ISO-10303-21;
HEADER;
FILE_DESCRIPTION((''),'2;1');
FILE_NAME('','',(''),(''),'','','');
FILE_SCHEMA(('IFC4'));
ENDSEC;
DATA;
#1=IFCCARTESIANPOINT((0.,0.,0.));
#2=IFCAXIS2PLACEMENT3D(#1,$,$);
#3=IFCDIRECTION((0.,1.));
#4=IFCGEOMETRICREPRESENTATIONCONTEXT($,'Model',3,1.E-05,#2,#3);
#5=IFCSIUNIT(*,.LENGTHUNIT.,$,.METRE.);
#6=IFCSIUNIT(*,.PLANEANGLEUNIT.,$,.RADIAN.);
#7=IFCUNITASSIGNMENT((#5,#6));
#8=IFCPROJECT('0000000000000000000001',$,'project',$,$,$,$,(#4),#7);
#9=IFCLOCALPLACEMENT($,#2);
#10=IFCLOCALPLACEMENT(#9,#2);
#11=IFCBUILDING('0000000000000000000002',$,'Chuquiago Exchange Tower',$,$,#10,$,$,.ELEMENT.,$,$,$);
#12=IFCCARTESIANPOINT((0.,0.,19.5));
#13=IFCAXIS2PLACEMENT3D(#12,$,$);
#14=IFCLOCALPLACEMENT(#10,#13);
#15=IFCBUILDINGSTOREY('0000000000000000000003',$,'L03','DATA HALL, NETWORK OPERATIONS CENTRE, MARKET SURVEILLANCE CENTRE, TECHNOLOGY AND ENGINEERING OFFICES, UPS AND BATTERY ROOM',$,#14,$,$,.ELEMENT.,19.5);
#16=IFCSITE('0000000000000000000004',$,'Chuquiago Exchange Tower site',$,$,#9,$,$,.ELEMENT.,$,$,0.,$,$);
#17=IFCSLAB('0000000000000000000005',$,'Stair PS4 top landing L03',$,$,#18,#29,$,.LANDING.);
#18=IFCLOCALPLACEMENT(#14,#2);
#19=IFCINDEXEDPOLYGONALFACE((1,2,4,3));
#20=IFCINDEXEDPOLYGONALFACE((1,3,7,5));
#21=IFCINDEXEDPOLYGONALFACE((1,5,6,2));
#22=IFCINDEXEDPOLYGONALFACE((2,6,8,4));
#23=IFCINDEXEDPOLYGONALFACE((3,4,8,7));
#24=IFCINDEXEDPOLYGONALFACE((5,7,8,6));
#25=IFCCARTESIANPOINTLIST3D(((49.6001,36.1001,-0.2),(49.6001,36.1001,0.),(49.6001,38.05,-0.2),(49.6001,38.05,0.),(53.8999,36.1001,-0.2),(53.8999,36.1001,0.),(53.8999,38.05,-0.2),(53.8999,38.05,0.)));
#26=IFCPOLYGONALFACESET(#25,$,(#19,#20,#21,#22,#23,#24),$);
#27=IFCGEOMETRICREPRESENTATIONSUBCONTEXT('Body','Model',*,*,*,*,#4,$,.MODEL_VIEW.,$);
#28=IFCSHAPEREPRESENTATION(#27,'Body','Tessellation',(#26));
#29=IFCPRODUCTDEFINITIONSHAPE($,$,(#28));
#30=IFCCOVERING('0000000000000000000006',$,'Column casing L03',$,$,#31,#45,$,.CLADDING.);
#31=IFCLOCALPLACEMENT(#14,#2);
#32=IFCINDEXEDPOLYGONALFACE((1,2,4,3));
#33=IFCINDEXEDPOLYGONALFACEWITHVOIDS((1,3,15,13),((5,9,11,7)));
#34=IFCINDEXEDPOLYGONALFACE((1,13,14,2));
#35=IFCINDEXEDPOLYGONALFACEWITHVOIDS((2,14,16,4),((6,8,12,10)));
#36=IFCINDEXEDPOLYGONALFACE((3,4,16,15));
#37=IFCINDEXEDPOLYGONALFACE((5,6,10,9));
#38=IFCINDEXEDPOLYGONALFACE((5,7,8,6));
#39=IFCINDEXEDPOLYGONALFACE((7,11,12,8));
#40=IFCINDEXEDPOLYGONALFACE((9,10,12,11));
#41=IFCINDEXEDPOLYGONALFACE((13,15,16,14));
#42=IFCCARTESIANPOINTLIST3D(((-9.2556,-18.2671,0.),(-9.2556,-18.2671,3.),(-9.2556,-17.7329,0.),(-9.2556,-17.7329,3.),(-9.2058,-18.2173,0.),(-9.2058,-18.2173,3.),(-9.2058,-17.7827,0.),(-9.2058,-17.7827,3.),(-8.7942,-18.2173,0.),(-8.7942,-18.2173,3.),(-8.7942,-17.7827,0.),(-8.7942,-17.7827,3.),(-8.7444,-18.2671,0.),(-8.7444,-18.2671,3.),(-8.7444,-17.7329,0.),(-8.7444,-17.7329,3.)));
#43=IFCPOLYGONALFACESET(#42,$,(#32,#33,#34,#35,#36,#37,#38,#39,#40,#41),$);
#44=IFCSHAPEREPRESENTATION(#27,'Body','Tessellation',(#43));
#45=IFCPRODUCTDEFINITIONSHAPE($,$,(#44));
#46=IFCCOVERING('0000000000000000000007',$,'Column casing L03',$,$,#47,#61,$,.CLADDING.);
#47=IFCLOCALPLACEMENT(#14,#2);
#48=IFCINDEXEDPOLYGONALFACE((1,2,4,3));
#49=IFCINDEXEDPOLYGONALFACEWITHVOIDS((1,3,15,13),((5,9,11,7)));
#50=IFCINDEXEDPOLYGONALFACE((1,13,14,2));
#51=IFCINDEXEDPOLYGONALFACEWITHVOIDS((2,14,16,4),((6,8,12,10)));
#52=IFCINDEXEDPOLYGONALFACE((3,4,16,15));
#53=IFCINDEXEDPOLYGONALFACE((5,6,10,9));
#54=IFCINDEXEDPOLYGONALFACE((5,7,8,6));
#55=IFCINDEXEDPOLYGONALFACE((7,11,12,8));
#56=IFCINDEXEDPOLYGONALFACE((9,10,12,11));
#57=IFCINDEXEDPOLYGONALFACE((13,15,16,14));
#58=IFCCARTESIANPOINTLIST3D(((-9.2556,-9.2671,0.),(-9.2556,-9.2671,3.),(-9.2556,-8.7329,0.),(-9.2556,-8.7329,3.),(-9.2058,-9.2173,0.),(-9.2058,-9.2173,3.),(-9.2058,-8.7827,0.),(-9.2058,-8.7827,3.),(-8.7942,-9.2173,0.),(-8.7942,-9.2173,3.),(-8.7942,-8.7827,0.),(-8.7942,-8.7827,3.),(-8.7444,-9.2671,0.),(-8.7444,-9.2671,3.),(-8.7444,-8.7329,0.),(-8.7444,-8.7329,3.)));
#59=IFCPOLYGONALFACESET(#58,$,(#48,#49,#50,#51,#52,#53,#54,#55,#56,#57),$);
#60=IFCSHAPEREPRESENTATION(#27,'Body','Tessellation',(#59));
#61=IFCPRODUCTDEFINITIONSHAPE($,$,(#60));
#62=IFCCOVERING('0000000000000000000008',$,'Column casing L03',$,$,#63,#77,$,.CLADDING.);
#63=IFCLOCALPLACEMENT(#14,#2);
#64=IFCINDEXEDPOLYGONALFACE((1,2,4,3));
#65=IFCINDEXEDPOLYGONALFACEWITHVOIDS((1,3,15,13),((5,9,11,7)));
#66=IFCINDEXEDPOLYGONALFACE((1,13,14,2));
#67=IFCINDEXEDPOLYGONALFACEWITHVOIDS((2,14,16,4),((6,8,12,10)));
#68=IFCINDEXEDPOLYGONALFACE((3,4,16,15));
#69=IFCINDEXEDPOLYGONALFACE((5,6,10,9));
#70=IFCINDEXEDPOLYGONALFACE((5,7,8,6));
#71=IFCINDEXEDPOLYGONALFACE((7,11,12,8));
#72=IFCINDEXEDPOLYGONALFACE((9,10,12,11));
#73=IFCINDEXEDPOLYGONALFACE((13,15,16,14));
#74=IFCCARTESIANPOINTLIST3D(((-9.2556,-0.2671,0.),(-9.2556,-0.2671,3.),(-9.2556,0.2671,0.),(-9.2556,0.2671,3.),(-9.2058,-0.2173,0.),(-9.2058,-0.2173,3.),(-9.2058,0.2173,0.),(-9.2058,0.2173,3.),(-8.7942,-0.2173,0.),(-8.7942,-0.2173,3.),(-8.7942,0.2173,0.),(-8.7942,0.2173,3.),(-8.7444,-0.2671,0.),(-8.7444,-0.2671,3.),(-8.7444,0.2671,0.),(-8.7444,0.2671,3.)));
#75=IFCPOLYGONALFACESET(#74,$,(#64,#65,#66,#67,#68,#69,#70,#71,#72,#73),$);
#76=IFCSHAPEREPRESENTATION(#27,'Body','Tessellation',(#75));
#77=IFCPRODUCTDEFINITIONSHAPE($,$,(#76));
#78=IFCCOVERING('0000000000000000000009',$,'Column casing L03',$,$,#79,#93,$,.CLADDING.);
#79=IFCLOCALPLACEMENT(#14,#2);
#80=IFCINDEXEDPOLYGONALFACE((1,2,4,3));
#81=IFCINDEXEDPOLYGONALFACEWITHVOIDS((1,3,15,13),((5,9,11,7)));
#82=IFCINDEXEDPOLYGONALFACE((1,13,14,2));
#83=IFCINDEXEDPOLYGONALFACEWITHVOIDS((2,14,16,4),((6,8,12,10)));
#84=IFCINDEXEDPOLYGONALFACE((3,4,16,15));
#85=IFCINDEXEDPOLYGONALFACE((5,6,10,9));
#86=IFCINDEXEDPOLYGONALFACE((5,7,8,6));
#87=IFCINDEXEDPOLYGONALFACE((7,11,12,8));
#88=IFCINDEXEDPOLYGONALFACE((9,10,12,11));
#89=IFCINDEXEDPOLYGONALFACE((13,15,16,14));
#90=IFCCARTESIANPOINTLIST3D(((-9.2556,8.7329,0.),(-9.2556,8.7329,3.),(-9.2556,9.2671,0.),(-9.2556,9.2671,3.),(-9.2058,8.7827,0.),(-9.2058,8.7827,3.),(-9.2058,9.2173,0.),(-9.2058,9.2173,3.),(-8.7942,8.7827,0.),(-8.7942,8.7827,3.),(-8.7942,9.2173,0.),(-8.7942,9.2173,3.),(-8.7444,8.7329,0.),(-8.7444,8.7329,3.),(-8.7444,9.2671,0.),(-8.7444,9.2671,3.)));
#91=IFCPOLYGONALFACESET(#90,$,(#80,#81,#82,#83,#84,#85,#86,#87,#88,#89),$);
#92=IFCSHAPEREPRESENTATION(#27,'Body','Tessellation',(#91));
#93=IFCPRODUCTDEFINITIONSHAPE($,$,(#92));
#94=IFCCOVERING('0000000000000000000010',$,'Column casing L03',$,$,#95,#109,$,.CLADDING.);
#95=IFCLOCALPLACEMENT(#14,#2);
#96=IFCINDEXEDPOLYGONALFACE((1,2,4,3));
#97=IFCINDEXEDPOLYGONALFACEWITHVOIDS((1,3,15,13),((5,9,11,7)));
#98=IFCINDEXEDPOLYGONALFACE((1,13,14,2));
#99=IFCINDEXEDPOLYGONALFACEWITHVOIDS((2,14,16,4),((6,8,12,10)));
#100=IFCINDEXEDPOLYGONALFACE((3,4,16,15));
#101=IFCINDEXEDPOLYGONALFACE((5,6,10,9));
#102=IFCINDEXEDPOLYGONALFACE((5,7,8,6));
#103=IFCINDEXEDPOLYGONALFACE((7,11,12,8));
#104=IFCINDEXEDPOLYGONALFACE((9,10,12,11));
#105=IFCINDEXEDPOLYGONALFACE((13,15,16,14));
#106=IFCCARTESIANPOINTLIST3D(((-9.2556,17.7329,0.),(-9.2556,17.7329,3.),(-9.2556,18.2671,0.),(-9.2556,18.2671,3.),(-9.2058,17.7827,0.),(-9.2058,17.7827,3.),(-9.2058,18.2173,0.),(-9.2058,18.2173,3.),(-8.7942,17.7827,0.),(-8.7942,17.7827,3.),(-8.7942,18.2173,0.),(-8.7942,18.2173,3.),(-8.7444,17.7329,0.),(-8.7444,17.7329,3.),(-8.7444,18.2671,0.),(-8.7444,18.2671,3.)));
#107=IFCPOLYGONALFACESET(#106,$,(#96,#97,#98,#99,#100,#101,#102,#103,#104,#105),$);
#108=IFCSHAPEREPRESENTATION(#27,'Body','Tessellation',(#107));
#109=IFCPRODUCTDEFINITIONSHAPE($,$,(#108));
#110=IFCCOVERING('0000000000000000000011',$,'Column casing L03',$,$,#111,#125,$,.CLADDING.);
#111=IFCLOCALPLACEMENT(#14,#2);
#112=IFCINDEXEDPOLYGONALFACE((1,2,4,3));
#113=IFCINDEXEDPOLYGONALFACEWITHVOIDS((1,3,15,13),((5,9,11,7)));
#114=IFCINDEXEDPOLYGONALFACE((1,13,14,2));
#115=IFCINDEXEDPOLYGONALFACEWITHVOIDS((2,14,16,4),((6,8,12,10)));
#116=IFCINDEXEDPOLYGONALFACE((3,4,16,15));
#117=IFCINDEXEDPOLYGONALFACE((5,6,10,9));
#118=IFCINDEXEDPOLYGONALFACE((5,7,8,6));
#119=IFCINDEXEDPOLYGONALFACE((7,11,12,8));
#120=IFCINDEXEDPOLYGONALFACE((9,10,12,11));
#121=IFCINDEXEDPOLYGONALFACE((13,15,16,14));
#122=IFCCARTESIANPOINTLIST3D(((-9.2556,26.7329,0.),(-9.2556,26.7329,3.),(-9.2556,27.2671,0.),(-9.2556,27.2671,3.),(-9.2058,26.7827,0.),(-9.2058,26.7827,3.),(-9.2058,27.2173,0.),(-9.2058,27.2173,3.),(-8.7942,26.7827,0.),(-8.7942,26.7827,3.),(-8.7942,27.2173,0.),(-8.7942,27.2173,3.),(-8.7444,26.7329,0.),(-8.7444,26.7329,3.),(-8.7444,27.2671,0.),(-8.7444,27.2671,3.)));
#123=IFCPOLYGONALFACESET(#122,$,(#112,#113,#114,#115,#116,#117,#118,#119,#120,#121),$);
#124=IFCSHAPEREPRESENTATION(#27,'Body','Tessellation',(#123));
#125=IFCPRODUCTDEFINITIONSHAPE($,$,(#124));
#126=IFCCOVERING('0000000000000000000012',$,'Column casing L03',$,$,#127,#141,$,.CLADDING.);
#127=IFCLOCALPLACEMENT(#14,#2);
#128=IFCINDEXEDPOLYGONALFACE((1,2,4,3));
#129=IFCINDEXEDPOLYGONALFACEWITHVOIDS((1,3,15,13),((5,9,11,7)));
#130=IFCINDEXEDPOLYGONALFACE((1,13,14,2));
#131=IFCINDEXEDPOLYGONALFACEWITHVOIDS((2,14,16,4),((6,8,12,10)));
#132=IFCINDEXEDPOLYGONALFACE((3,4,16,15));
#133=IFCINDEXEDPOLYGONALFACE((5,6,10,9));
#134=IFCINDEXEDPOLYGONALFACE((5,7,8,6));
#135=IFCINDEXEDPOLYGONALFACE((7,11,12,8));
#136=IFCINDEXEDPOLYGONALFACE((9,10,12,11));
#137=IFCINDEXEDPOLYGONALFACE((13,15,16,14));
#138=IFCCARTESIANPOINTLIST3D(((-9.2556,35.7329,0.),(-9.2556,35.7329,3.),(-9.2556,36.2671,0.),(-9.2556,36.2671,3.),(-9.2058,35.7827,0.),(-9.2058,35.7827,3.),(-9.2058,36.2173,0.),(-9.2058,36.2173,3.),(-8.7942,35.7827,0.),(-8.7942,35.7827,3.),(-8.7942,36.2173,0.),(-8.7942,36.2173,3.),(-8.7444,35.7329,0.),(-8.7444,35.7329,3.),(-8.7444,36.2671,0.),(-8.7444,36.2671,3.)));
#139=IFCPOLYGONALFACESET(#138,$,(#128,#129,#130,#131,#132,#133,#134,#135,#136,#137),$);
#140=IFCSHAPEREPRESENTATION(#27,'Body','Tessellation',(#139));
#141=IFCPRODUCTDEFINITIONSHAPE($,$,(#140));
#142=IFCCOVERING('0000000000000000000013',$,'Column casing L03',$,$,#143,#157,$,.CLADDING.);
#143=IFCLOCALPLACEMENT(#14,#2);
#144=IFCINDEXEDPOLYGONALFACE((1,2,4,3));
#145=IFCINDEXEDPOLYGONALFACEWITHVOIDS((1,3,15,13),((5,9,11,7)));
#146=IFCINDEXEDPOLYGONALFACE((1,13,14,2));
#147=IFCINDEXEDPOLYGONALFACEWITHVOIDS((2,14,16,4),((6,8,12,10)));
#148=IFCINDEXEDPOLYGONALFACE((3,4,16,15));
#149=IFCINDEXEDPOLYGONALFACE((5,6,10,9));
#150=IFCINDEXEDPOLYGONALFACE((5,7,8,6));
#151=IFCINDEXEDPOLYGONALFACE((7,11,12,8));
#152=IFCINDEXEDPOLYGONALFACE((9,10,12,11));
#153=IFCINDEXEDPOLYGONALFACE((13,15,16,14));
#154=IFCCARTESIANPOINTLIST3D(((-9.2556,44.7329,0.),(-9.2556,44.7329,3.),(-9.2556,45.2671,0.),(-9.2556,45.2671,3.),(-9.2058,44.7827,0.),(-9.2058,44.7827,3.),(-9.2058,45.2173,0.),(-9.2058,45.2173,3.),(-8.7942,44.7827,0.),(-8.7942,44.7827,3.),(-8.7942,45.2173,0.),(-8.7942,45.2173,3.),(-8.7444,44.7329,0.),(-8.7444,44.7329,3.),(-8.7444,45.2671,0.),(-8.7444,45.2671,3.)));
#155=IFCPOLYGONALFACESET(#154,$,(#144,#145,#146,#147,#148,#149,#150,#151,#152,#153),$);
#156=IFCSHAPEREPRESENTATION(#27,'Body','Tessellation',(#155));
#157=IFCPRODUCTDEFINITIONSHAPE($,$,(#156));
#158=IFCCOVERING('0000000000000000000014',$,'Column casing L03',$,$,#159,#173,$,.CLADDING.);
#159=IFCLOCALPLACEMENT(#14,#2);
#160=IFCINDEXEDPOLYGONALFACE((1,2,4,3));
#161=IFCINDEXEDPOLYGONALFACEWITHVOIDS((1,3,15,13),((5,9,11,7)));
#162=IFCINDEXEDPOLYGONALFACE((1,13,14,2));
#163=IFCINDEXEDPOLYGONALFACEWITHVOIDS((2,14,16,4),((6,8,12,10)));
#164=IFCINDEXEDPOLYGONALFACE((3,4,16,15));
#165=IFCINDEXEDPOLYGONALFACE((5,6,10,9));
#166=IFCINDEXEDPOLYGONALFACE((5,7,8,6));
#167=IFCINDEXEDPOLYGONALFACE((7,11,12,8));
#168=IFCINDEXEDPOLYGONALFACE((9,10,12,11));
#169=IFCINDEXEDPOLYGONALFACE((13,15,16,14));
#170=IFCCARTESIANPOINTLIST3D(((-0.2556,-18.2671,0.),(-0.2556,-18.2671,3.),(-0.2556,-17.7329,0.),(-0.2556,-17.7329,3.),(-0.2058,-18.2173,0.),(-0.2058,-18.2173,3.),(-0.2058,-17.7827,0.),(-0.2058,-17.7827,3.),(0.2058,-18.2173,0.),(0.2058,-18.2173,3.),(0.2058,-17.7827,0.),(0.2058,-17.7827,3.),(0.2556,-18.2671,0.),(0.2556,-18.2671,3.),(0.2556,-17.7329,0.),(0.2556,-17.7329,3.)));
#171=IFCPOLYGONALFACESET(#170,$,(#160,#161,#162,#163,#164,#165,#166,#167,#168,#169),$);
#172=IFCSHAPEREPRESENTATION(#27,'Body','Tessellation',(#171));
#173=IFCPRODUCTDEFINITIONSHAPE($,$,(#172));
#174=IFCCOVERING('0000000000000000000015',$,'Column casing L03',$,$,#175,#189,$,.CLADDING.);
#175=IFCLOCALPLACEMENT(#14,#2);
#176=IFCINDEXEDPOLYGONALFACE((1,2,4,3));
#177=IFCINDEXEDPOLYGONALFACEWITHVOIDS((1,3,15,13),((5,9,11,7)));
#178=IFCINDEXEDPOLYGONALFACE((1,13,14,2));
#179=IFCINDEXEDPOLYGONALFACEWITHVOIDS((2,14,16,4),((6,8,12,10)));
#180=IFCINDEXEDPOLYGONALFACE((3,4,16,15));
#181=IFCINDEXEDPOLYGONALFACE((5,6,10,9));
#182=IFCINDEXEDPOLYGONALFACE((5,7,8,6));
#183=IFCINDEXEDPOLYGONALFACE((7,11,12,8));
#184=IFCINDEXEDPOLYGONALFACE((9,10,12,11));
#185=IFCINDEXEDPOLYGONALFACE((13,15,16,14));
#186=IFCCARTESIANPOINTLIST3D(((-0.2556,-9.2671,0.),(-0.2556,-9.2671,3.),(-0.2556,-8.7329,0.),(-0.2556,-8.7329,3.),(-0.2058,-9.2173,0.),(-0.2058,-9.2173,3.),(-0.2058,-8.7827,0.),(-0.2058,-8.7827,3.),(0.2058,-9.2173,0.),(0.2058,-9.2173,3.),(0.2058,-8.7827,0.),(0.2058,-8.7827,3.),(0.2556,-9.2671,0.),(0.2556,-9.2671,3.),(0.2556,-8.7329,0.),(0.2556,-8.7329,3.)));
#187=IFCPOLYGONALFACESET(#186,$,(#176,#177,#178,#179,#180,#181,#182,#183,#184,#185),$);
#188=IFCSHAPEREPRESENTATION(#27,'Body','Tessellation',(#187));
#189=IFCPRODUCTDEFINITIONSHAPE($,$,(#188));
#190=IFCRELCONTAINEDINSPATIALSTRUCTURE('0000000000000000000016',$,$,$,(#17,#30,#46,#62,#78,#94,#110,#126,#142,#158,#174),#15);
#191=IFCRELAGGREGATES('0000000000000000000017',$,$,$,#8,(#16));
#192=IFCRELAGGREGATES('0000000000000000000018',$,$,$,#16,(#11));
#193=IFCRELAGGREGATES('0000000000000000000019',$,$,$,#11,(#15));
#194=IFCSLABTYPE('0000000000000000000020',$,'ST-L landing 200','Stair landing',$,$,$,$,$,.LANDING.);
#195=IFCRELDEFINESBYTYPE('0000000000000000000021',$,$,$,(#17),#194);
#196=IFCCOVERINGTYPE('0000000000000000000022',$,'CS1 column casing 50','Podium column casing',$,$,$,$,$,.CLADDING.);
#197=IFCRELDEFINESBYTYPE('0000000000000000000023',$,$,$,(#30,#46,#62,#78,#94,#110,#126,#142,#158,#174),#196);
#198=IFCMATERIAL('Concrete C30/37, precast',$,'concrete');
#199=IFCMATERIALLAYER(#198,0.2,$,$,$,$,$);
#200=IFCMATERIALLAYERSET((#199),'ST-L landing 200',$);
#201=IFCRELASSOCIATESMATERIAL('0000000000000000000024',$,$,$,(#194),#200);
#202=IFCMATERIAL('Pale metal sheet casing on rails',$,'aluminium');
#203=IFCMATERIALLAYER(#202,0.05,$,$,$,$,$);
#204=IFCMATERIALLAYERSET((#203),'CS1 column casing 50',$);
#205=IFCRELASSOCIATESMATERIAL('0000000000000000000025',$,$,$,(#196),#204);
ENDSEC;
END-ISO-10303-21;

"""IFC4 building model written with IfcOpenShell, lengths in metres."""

from ifc_helpers import new_model, si_unit, direction, frame, origin, place, context, subcontext, project, spatial, polyline, outline, extrude, material, layer, layer_set, type_object, element, save


model = new_model("IFC4")

# Units and contexts
model_context = context("Model", 3, precision=1e-05, world=origin(), true_north=direction((0.0, 1.0)))
body_context = subcontext(model_context, "Body", "Model", "MODEL_VIEW")
ifc_project = project(units=[si_unit("LENGTHUNIT", "METRE"), si_unit("PLANEANGLEUNIT", "RADIAN")], contexts=[model_context])

# Site, building, storey
site_placement = place(None, origin())
site = spatial("IfcSite", under=ifc_project, at=site_placement, Name="Chuquiago Exchange Tower site", CompositionType="ELEMENT", RefElevation=0.0)
building_placement = place(site_placement, origin())
building = spatial("IfcBuilding", under=site, at=building_placement, Name="Chuquiago Exchange Tower", CompositionType="ELEMENT")
storey_placement = place(building_placement, frame((0.0, 0.0, 19.5)))
storey = spatial("IfcBuildingStorey", under=building, at=storey_placement, Name="L03", Description="DATA HALL, NETWORK OPERATIONS CENTRE, MARKET SURVEILLANCE CENTRE, TECHNOLOGY AND ENGINEERING OFFICES, UPS AND BATTERY ROOM", CompositionType="ELEMENT", Elevation=19.5)

# Shared definitions
ifc_material_1 = material(Name="Concrete C30/37, precast", Category="concrete")
ifc_layer_1 = layer(ifc_material_1, 0.2)
ifc_layer_set_1 = layer_set([ifc_layer_1], Name="ST-L landing 200")
slab_type_1 = type_object("IfcSlabType", Name="ST-L landing 200", Description="Stair landing", PredefinedType="LANDING", material=ifc_layer_set_1)

# Slab
slab_1_placement = place(storey_placement, frame((0.0, 0.0, -0.2)))
element("IfcSlab", 1, at=slab_1_placement, inside=storey, type_object=slab_type_1, Name="Stair PS4 top landing L03", PredefinedType="LANDING", context=body_context, shape_type="SweptSolid", body=[
    extrude(outline(polyline([(49.6001, 36.1001), (53.8999, 36.1001), (53.8999, 38.05), (49.6001, 38.05), (49.6001, 36.1001)])), origin(), (0.0, 0.0, 1.0), 0.2),
])

# Coverings
ifc_material_2 = material(Name="Pale metal sheet casing on rails", Category="aluminium")
ifc_layer_2 = layer(ifc_material_2, 0.05)
ifc_layer_set_2 = layer_set([ifc_layer_2], Name="CS1 column casing 50")
covering_type = type_object("IfcCoveringType", Name="CS1 column casing 50", Description="Podium column casing", PredefinedType="CLADDING", material=ifc_layer_set_2)
covering_1_placement = place(storey_placement, origin())
element("IfcCovering", 2, at=covering_1_placement, inside=storey, type_object=covering_type, Name="Column casing L03", PredefinedType="CLADDING", context=body_context, shape_type="SweptSolid", body=[
    extrude(outline(polyline([(-9.2556, -18.2671), (-8.7444, -18.2671), (-8.7444, -17.7329), (-9.2556, -17.7329), (-9.2556, -18.2671)]), holes=[polyline([(-9.2058, -18.2173), (-9.2058, -17.7827), (-8.7942, -17.7827), (-8.7942, -18.2173), (-9.2058, -18.2173)])]), origin(), (0.0, 0.0, 1.0), 3.0),
])
covering_2_placement = place(storey_placement, origin())
element("IfcCovering", 3, at=covering_2_placement, inside=storey, type_object=covering_type, Name="Column casing L03", PredefinedType="CLADDING", context=body_context, shape_type="SweptSolid", body=[
    extrude(outline(polyline([(-9.2556, -9.2671), (-8.7444, -9.2671), (-8.7444, -8.7329), (-9.2556, -8.7329), (-9.2556, -9.2671)]), holes=[polyline([(-9.2058, -9.2173), (-9.2058, -8.7827), (-8.7942, -8.7827), (-8.7942, -9.2173), (-9.2058, -9.2173)])]), origin(), (0.0, 0.0, 1.0), 3.0),
])
covering_3_placement = place(storey_placement, origin())
element("IfcCovering", 4, at=covering_3_placement, inside=storey, type_object=covering_type, Name="Column casing L03", PredefinedType="CLADDING", context=body_context, shape_type="SweptSolid", body=[
    extrude(outline(polyline([(-9.2556, -0.2671), (-8.7444, -0.2671), (-8.7444, 0.2671), (-9.2556, 0.2671), (-9.2556, -0.2671)]), holes=[polyline([(-9.2058, -0.2173), (-9.2058, 0.2173), (-8.7942, 0.2173), (-8.7942, -0.2173), (-9.2058, -0.2173)])]), origin(), (0.0, 0.0, 1.0), 3.0),
])
covering_4_placement = place(storey_placement, origin())
element("IfcCovering", 5, at=covering_4_placement, inside=storey, type_object=covering_type, Name="Column casing L03", PredefinedType="CLADDING", context=body_context, shape_type="SweptSolid", body=[
    extrude(outline(polyline([(-9.2556, 8.7329), (-8.7444, 8.7329), (-8.7444, 9.2671), (-9.2556, 9.2671), (-9.2556, 8.7329)]), holes=[polyline([(-9.2058, 8.7827), (-9.2058, 9.2173), (-8.7942, 9.2173), (-8.7942, 8.7827), (-9.2058, 8.7827)])]), origin(), (0.0, 0.0, 1.0), 3.0),
])
covering_5_placement = place(storey_placement, origin())
element("IfcCovering", 6, at=covering_5_placement, inside=storey, type_object=covering_type, Name="Column casing L03", PredefinedType="CLADDING", context=body_context, shape_type="SweptSolid", body=[
    extrude(outline(polyline([(-9.2556, 17.7329), (-8.7444, 17.7329), (-8.7444, 18.2671), (-9.2556, 18.2671), (-9.2556, 17.7329)]), holes=[polyline([(-9.2058, 17.7827), (-9.2058, 18.2173), (-8.7942, 18.2173), (-8.7942, 17.7827), (-9.2058, 17.7827)])]), origin(), (0.0, 0.0, 1.0), 3.0),
])
covering_6_placement = place(storey_placement, origin())
element("IfcCovering", 7, at=covering_6_placement, inside=storey, type_object=covering_type, Name="Column casing L03", PredefinedType="CLADDING", context=body_context, shape_type="SweptSolid", body=[
    extrude(outline(polyline([(-9.2556, 26.7329), (-8.7444, 26.7329), (-8.7444, 27.2671), (-9.2556, 27.2671), (-9.2556, 26.7329)]), holes=[polyline([(-9.2058, 26.7827), (-9.2058, 27.2173), (-8.7942, 27.2173), (-8.7942, 26.7827), (-9.2058, 26.7827)])]), origin(), (0.0, 0.0, 1.0), 3.0),
])
covering_7_placement = place(storey_placement, origin())
element("IfcCovering", 8, at=covering_7_placement, inside=storey, type_object=covering_type, Name="Column casing L03", PredefinedType="CLADDING", context=body_context, shape_type="SweptSolid", body=[
    extrude(outline(polyline([(-9.2556, 35.7329), (-8.7444, 35.7329), (-8.7444, 36.2671), (-9.2556, 36.2671), (-9.2556, 35.7329)]), holes=[polyline([(-9.2058, 35.7827), (-9.2058, 36.2173), (-8.7942, 36.2173), (-8.7942, 35.7827), (-9.2058, 35.7827)])]), origin(), (0.0, 0.0, 1.0), 3.0),
])
covering_8_placement = place(storey_placement, origin())
element("IfcCovering", 9, at=covering_8_placement, inside=storey, type_object=covering_type, Name="Column casing L03", PredefinedType="CLADDING", context=body_context, shape_type="SweptSolid", body=[
    extrude(outline(polyline([(-9.2556, 44.7329), (-8.7444, 44.7329), (-8.7444, 45.2671), (-9.2556, 45.2671), (-9.2556, 44.7329)]), holes=[polyline([(-9.2058, 44.7827), (-9.2058, 45.2173), (-8.7942, 45.2173), (-8.7942, 44.7827), (-9.2058, 44.7827)])]), origin(), (0.0, 0.0, 1.0), 3.0),
])
covering_9_placement = place(storey_placement, origin())
element("IfcCovering", 10, at=covering_9_placement, inside=storey, type_object=covering_type, Name="Column casing L03", PredefinedType="CLADDING", context=body_context, shape_type="SweptSolid", body=[
    extrude(outline(polyline([(-0.2556, -18.2671), (0.2556, -18.2671), (0.2556, -17.7329), (-0.2556, -17.7329), (-0.2556, -18.2671)]), holes=[polyline([(-0.2058, -18.2173), (-0.2058, -17.7827), (0.2058, -17.7827), (0.2058, -18.2173), (-0.2058, -18.2173)])]), origin(), (0.0, 0.0, 1.0), 3.0),
])
covering_10_placement = place(storey_placement, origin())
element("IfcCovering", 11, at=covering_10_placement, inside=storey, type_object=covering_type, Name="Column casing L03", PredefinedType="CLADDING", context=body_context, shape_type="SweptSolid", body=[
    extrude(outline(polyline([(-0.2556, -9.2671), (0.2556, -9.2671), (0.2556, -8.7329), (-0.2556, -8.7329), (-0.2556, -9.2671)]), holes=[polyline([(-0.2058, -9.2173), (-0.2058, -8.7827), (0.2058, -8.7827), (0.2058, -9.2173), (-0.2058, -9.2173)])]), origin(), (0.0, 0.0, 1.0), 3.0),
])

save(model, "model.ifc")
